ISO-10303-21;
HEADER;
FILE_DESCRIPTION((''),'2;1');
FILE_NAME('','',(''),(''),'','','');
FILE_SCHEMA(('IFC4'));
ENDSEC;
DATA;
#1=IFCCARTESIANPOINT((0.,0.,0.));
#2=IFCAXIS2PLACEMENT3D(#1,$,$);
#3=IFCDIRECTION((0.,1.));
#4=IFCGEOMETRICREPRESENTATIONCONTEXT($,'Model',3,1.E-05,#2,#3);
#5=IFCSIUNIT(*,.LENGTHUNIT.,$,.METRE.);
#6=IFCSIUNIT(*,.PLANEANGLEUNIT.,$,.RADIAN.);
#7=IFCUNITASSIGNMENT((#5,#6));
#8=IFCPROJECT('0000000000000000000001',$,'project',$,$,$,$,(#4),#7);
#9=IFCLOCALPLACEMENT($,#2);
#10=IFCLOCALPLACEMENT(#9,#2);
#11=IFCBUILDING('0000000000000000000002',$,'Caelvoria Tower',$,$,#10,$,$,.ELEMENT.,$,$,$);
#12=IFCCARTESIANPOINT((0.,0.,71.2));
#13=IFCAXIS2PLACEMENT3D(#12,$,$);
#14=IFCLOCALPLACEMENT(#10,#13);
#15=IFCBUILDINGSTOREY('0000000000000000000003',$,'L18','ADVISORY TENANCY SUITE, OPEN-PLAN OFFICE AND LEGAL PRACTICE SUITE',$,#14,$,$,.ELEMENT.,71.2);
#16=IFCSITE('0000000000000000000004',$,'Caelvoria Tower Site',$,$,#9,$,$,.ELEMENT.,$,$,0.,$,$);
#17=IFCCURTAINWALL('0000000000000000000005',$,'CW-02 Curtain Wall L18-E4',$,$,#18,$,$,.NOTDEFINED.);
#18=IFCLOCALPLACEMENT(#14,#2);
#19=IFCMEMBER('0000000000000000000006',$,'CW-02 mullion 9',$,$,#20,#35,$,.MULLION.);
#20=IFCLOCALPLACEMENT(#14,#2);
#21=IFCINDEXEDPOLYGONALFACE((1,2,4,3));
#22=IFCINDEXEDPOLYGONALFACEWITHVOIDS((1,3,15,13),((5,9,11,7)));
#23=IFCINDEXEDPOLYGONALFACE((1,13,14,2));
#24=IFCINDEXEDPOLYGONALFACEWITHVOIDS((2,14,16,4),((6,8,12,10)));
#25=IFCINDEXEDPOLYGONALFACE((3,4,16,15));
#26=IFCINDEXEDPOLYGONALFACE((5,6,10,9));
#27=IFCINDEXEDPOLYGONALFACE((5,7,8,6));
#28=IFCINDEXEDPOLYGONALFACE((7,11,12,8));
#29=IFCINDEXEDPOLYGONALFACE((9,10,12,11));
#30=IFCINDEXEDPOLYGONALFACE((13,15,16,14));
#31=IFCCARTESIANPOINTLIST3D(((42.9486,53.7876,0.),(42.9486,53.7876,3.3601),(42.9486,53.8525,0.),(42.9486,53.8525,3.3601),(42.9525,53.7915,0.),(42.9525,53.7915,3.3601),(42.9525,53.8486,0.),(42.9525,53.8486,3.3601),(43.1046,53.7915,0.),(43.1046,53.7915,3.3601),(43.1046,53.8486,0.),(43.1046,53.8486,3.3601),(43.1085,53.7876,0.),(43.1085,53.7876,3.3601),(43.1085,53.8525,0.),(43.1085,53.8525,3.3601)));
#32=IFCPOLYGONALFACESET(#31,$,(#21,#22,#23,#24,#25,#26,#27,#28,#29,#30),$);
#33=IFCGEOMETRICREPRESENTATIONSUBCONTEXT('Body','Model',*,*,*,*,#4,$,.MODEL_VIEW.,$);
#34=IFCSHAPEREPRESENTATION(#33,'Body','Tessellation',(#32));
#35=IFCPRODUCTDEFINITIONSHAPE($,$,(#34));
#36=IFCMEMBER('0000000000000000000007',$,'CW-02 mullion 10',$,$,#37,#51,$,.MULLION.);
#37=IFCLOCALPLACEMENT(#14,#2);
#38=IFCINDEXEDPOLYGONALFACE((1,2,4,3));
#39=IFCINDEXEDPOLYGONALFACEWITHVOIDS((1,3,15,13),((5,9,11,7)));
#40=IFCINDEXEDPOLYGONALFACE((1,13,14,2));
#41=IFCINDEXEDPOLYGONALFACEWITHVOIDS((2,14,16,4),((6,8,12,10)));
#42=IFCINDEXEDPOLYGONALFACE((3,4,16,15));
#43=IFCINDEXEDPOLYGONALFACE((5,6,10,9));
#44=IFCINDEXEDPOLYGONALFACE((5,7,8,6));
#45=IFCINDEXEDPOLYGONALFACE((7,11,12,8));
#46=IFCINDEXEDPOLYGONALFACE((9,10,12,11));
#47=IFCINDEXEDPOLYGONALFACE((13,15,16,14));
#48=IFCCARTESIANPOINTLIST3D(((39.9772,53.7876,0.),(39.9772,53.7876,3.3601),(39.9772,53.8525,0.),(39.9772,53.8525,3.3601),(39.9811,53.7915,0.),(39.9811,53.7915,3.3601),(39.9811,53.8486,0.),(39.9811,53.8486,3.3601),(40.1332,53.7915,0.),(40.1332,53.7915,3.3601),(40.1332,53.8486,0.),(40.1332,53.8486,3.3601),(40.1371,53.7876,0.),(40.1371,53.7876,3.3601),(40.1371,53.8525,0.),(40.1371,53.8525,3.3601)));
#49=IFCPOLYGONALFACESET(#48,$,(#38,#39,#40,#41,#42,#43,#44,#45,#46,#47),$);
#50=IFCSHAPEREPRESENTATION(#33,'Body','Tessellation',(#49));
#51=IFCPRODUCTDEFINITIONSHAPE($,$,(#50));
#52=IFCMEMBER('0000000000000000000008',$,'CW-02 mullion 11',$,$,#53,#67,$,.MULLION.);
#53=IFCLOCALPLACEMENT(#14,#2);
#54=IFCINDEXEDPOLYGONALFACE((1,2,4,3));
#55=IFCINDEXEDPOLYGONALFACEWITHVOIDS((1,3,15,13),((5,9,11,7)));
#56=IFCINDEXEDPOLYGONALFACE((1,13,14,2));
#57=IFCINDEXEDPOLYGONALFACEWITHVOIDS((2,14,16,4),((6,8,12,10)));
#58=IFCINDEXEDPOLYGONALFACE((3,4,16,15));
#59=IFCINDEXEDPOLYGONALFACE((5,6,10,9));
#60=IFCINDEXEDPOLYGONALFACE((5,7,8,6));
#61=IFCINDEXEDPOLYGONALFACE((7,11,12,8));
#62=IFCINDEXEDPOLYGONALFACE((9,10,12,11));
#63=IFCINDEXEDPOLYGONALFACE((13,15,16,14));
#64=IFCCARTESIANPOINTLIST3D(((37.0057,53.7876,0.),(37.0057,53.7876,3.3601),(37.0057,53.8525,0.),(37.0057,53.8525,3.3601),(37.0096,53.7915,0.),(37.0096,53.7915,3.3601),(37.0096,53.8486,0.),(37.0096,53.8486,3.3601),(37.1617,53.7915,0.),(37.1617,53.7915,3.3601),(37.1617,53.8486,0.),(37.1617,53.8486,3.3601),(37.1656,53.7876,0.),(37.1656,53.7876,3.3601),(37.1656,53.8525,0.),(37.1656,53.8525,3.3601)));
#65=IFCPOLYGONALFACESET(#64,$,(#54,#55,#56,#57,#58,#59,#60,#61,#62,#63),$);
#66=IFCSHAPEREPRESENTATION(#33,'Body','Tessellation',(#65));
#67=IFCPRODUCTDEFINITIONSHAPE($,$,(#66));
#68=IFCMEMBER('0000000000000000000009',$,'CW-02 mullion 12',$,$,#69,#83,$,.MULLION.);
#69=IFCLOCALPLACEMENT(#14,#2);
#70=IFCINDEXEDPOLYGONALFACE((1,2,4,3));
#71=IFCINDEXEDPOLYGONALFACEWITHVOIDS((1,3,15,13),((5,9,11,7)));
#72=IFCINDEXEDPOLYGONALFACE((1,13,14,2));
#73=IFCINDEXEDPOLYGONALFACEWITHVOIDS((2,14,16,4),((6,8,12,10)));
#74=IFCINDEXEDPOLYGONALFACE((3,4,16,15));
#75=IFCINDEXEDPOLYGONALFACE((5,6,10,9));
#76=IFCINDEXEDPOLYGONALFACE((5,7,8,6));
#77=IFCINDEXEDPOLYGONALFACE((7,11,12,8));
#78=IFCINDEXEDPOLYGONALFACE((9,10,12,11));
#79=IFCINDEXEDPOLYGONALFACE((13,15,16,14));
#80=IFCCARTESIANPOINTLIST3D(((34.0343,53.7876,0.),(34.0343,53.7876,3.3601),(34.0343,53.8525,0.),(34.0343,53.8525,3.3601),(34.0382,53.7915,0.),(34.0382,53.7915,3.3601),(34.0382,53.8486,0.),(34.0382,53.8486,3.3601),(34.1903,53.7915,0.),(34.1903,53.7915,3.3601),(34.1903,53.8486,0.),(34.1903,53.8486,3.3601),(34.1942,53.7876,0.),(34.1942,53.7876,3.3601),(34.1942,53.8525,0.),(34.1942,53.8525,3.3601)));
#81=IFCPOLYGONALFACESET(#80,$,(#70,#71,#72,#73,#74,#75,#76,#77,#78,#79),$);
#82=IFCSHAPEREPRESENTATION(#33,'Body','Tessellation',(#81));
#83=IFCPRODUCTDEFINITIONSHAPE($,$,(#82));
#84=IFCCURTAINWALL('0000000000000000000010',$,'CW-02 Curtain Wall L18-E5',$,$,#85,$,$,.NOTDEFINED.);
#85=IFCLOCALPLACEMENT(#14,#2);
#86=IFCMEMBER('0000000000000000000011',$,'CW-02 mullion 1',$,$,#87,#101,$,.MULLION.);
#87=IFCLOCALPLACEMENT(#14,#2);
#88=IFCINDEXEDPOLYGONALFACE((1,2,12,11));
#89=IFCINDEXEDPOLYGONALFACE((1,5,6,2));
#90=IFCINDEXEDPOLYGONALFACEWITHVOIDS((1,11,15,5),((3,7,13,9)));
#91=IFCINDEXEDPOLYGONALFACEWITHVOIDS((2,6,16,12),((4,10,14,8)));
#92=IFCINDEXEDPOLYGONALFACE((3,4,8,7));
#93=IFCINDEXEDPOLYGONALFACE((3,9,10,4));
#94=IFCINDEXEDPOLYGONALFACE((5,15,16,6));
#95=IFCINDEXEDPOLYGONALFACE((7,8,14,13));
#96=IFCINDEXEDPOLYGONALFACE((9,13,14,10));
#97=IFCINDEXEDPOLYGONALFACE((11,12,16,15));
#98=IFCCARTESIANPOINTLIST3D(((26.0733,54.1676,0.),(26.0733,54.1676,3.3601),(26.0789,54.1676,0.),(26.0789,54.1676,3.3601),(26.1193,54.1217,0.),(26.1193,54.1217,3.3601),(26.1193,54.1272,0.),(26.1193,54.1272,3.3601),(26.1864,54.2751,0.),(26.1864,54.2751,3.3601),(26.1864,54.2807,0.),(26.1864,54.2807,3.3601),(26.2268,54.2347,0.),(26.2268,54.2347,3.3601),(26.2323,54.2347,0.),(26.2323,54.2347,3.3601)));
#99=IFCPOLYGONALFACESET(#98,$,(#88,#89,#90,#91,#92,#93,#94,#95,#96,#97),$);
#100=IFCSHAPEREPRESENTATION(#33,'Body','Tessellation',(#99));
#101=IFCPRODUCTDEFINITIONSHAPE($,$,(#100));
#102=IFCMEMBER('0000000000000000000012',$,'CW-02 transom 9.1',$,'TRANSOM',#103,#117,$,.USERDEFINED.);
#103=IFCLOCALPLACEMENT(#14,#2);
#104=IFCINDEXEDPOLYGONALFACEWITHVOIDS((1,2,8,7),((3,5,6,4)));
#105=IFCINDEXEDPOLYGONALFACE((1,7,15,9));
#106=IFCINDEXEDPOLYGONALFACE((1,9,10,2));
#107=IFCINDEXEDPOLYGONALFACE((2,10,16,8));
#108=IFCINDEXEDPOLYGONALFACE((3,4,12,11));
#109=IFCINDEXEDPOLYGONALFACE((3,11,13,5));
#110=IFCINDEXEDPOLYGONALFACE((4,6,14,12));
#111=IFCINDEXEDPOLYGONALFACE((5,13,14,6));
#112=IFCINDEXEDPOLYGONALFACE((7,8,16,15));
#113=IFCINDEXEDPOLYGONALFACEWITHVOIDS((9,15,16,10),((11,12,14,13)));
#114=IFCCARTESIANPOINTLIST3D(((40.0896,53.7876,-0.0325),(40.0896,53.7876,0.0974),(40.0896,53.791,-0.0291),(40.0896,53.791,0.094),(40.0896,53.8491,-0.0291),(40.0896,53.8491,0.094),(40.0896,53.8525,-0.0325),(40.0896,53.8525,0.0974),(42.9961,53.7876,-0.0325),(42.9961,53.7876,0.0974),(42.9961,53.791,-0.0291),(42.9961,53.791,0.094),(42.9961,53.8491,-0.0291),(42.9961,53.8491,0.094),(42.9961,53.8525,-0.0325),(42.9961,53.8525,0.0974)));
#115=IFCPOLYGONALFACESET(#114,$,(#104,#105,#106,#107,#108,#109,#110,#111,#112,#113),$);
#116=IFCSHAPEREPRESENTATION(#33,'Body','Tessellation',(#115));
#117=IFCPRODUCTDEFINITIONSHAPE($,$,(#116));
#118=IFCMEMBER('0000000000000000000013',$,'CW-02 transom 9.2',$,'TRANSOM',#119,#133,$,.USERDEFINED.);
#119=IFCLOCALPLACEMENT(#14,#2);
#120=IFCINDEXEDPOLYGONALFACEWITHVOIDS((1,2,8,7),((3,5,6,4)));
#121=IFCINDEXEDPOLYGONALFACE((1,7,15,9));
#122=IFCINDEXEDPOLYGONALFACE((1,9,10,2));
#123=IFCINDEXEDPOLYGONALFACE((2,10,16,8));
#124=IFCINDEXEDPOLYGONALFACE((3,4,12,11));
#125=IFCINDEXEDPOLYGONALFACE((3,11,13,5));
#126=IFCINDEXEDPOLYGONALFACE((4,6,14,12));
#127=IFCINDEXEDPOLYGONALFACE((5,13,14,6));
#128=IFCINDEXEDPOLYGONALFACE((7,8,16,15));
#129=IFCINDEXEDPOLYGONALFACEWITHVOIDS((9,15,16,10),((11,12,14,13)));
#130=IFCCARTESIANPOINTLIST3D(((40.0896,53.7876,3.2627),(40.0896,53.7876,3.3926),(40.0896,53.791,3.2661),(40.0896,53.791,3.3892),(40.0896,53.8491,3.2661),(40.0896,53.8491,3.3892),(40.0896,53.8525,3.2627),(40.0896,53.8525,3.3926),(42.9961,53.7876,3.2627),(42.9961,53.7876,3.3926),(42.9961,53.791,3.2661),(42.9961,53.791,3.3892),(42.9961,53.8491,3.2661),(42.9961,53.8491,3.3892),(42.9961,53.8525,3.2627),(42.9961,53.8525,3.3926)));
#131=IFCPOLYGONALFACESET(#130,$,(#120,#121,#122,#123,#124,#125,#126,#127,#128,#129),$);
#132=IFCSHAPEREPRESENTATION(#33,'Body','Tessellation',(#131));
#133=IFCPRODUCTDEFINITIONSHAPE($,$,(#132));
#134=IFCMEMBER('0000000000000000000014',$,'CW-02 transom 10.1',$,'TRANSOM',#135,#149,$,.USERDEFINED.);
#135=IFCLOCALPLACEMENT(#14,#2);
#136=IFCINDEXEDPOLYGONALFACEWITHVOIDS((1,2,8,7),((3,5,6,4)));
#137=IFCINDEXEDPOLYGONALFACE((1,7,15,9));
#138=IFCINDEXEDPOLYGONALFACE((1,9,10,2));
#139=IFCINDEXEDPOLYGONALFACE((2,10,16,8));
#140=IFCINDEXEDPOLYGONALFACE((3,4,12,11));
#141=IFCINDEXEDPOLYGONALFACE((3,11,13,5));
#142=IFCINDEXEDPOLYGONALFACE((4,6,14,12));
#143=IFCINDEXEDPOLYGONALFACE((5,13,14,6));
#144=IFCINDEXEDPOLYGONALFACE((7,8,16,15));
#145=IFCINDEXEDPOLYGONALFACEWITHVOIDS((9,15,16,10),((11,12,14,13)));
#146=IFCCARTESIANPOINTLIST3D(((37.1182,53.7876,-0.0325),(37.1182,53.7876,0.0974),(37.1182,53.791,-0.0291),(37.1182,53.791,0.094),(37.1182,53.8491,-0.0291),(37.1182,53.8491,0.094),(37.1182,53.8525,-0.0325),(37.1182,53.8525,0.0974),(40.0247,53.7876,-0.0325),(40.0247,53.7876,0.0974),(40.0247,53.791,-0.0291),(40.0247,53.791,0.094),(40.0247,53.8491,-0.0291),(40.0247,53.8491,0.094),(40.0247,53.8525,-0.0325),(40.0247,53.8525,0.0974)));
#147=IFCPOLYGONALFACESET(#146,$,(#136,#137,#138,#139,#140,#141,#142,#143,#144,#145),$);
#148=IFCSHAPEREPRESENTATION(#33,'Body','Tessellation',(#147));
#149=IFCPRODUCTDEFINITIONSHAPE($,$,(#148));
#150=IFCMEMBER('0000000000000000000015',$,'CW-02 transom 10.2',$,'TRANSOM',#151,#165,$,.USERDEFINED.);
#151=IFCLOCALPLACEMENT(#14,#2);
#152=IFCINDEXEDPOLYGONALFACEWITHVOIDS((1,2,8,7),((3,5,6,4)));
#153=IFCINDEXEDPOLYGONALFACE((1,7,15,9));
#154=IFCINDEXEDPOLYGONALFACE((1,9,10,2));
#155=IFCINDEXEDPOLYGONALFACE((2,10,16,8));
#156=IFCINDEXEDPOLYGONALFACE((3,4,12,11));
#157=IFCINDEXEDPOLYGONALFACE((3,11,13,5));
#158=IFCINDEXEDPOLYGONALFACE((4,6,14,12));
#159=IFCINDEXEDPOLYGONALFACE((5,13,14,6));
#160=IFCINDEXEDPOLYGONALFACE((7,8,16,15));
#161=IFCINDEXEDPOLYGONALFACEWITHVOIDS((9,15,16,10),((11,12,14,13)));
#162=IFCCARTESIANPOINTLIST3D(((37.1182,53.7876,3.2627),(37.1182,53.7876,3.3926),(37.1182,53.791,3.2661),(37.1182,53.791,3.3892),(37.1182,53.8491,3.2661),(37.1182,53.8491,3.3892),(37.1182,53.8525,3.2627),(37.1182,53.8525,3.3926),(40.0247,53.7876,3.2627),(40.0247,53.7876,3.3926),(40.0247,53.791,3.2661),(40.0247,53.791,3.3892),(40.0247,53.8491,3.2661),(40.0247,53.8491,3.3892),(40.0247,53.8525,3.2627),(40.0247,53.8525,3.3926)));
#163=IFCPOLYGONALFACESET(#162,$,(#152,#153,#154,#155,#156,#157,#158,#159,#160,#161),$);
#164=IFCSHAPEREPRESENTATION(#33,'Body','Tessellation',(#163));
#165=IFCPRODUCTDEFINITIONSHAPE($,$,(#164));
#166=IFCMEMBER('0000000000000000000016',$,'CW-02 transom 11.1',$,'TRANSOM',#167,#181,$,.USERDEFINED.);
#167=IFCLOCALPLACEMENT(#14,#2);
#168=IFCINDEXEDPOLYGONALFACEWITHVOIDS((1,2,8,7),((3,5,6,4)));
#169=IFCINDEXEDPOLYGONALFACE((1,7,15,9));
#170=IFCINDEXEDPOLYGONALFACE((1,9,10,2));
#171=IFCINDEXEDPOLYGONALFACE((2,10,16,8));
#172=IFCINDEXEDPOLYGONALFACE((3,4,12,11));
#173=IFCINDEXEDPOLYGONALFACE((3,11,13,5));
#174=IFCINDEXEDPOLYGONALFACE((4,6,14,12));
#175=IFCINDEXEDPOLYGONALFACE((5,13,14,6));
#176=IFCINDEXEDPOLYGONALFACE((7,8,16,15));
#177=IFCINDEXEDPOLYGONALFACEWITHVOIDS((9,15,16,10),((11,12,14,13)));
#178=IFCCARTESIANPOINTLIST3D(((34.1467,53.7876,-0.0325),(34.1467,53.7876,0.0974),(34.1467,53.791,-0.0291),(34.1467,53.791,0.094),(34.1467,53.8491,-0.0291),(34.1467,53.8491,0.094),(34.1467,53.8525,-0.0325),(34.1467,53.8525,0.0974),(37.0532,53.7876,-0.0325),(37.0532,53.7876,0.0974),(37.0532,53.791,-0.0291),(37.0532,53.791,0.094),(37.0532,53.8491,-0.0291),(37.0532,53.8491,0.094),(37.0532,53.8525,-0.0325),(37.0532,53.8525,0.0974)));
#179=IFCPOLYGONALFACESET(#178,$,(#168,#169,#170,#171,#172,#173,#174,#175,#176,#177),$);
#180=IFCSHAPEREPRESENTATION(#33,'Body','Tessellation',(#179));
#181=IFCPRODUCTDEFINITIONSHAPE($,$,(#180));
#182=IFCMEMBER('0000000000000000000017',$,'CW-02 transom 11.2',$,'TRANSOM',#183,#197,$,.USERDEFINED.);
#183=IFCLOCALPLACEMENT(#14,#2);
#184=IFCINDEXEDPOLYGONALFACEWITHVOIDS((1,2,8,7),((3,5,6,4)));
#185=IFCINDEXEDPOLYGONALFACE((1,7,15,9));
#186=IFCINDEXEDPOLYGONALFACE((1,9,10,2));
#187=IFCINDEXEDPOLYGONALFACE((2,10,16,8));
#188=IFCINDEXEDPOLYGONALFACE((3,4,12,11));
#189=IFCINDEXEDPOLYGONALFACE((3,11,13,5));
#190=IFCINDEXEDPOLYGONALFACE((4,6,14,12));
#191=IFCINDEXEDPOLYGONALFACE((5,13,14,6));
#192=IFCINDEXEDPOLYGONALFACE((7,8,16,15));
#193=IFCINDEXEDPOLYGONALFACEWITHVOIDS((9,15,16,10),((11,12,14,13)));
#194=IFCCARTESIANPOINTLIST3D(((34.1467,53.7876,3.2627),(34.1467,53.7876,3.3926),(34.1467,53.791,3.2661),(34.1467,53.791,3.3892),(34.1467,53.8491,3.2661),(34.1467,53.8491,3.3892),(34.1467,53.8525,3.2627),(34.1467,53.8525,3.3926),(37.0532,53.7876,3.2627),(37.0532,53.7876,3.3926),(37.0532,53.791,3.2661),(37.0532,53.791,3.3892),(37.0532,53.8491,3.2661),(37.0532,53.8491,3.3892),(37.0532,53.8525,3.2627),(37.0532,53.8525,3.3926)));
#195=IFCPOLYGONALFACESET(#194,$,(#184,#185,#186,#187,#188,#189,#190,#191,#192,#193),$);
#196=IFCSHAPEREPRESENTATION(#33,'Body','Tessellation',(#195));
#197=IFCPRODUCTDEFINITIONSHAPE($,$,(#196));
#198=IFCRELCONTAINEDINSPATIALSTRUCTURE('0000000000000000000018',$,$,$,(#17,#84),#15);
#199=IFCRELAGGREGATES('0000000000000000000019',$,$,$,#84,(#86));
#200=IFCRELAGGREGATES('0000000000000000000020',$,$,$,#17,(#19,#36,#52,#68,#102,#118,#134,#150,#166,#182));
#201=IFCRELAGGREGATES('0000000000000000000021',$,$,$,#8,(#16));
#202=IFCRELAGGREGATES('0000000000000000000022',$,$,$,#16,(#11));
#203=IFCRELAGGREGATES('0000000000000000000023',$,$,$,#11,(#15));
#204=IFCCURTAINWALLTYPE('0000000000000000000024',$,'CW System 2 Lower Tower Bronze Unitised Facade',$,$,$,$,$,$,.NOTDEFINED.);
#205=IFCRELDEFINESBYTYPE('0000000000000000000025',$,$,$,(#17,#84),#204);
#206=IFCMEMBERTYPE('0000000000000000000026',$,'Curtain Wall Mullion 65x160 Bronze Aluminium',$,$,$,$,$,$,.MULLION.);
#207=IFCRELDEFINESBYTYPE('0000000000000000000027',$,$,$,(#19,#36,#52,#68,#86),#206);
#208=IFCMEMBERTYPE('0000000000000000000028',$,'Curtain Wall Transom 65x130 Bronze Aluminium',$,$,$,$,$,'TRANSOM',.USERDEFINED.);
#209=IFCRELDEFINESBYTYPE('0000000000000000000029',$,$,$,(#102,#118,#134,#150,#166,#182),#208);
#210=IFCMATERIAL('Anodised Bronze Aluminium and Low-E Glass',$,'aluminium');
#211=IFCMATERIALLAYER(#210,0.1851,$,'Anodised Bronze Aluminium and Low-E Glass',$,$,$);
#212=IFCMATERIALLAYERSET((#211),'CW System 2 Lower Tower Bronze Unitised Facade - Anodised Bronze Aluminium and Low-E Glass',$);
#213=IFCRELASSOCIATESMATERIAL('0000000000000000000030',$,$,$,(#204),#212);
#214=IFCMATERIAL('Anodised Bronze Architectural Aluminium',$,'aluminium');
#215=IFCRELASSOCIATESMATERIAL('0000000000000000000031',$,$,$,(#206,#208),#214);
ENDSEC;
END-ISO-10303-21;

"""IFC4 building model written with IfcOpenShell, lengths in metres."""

from ifc_helpers import new_model, si_unit, direction, frame, origin, origin_2d, place, context, subcontext, project, spatial, hollow_rectangle, extrude, material, layer, layer_set, material_profile, profile_set, type_object, element, aggregate, save


model = new_model("IFC4")

# Units and contexts
model_context = context("Model", 3, precision=1e-05, world=origin(), true_north=direction((0.0, 1.0)))
body_context = subcontext(model_context, "Body", "Model", "MODEL_VIEW")
ifc_project = project(units=[si_unit("LENGTHUNIT", "METRE"), si_unit("PLANEANGLEUNIT", "RADIAN")], contexts=[model_context])

# Site, building, storey
site_placement = place(None, origin())
site = spatial("IfcSite", under=ifc_project, at=site_placement, Name="Caelvoria Tower Site", CompositionType="ELEMENT", RefElevation=0.0)
building_placement = place(site_placement, origin())
building = spatial("IfcBuilding", under=site, at=building_placement, Name="Caelvoria Tower", CompositionType="ELEMENT")
storey_placement = place(building_placement, frame((0.0, 0.0, 71.2)))
storey = spatial("IfcBuildingStorey", under=building, at=storey_placement, Name="L18", Description="ADVISORY TENANCY SUITE, OPEN-PLAN OFFICE AND LEGAL PRACTICE SUITE", CompositionType="ELEMENT", Elevation=71.2)

# Curtain wall, members
ifc_material_1 = material(Name="Anodised Bronze Aluminium and Low-E Glass", Category="aluminium")
ifc_layer_1 = layer(ifc_material_1, 0.1851, Name="Anodised Bronze Aluminium and Low-E Glass")
ifc_layer_set_1 = layer_set([ifc_layer_1], Name="CW System 2 Lower Tower Bronze Unitised Facade - Anodised Bronze Aluminium and Low-E Glass")
curtain_wall_type = type_object("IfcCurtainWallType", Name="CW System 2 Lower Tower Bronze Unitised Facade", PredefinedType="NOTDEFINED", material=ifc_layer_set_1)
curtain_wall_1_placement = place(storey_placement, origin())
curtain_wall_1 = element("IfcCurtainWall", 1, at=curtain_wall_1_placement, inside=storey, type_object=curtain_wall_type, Name="CW-02 Curtain Wall L18-E4", PredefinedType="NOTDEFINED")
ifc_material_2 = material(Name="Anodised Bronze Architectural Aluminium", Category="aluminium")
ifc_material_profile_1 = material_profile(ifc_material_2, hollow_rectangle(XDim=0.0649, YDim=0.1599, WallThickness=0.0039, at=origin_2d()), Name="Anodised Bronze Architectural Aluminium")
ifc_profile_set_1 = profile_set([ifc_material_profile_1], Name="CW_MULL_65X160 - Anodised Bronze Architectural Aluminium")
member_type_1 = type_object("IfcMemberType", Name="Curtain Wall Mullion 65x160 Bronze Aluminium", PredefinedType="MULLION", material=ifc_profile_set_1)
member_1_placement = place(storey_placement, frame((43.0286, 53.8201, 0.0), z_axis=(0.0, 0.0, 1.0), x_axis=(0.0, -1.0, 0.0)))
member_1 = element("IfcMember", 2, at=member_1_placement, type_object=member_type_1, Name="CW-02 mullion 9", PredefinedType="MULLION", context=body_context, shape_type="SweptSolid", body=[
    extrude(hollow_rectangle(XDim=0.0649, YDim=0.1599, WallThickness=0.0039, at=origin_2d()), origin(), (0.0, 0.0, 1.0), 3.3601),
])
member_2_placement = place(storey_placement, frame((40.0571, 53.8201, 0.0), z_axis=(0.0, 0.0, 1.0), x_axis=(0.0, -1.0, 0.0)))
member_2 = element("IfcMember", 3, at=member_2_placement, type_object=member_type_1, Name="CW-02 mullion 10", PredefinedType="MULLION", context=body_context, shape_type="SweptSolid", body=[
    extrude(hollow_rectangle(XDim=0.0649, YDim=0.1599, WallThickness=0.0039, at=origin_2d()), origin(), (0.0, 0.0, 1.0), 3.3601),
])
member_3_placement = place(storey_placement, frame((37.0857, 53.8201, 0.0), z_axis=(0.0, 0.0, 1.0), x_axis=(0.0, -1.0, 0.0)))
member_3 = element("IfcMember", 4, at=member_3_placement, type_object=member_type_1, Name="CW-02 mullion 11", PredefinedType="MULLION", context=body_context, shape_type="SweptSolid", body=[
    extrude(hollow_rectangle(XDim=0.0649, YDim=0.1599, WallThickness=0.0039, at=origin_2d()), origin(), (0.0, 0.0, 1.0), 3.3601),
])
member_4_placement = place(storey_placement, frame((34.1143, 53.8201, 0.0), z_axis=(0.0, 0.0, 1.0), x_axis=(0.0, -1.0, 0.0)))
member_4 = element("IfcMember", 5, at=member_4_placement, type_object=member_type_1, Name="CW-02 mullion 12", PredefinedType="MULLION", context=body_context, shape_type="SweptSolid", body=[
    extrude(hollow_rectangle(XDim=0.0649, YDim=0.1599, WallThickness=0.0039, at=origin_2d()), origin(), (0.0, 0.0, 1.0), 3.3601),
])

# Curtain wall, member
curtain_wall_2_placement = place(storey_placement, origin())
curtain_wall_2 = element("IfcCurtainWall", 6, at=curtain_wall_2_placement, inside=storey, type_object=curtain_wall_type, Name="CW-02 Curtain Wall L18-E5", PredefinedType="NOTDEFINED")
member_5_placement = place(storey_placement, frame((26.1528, 54.2012, 0.0), z_axis=(0.0, 0.0, 1.0), x_axis=(0.707107, -0.707107, 0.0)))
member_5 = element("IfcMember", 7, at=member_5_placement, type_object=member_type_1, Name="CW-02 mullion 1", PredefinedType="MULLION", context=body_context, shape_type="SweptSolid", body=[
    extrude(hollow_rectangle(XDim=0.0649, YDim=0.1599, WallThickness=0.0039, at=origin_2d()), origin(), (0.0, 0.0, 1.0), 3.3601),
])

# Members
ifc_material_profile_2 = material_profile(ifc_material_2, hollow_rectangle(XDim=0.0649, YDim=0.1299, WallThickness=0.0034, at=origin_2d()), Name="Anodised Bronze Architectural Aluminium")
ifc_profile_set_2 = profile_set([ifc_material_profile_2], Name="CW_TRAN_65X130 - Anodised Bronze Architectural Aluminium")
member_type_2 = type_object("IfcMemberType", Name="Curtain Wall Transom 65x130 Bronze Aluminium", ElementType="TRANSOM", PredefinedType="USERDEFINED", material=ifc_profile_set_2)
member_6_placement = place(storey_placement, frame((42.9961, 53.8201, 0.0325), z_axis=(-1.0, 0.0, 0.0), x_axis=(0.0, -1.0, 0.0)))
member_6 = element("IfcMember", 8, at=member_6_placement, type_object=member_type_2, Name="CW-02 transom 9.1", ObjectType="TRANSOM", PredefinedType="USERDEFINED", context=body_context, shape_type="SweptSolid", body=[
    extrude(hollow_rectangle(XDim=0.0649, YDim=0.1299, WallThickness=0.0034, at=origin_2d()), origin(), (0.0, 0.0, 1.0), 2.9065),
])
member_7_placement = place(storey_placement, frame((42.9961, 53.8201, 3.3276), z_axis=(-1.0, 0.0, 0.0), x_axis=(0.0, -1.0, 0.0)))
member_7 = element("IfcMember", 9, at=member_7_placement, type_object=member_type_2, Name="CW-02 transom 9.2", ObjectType="TRANSOM", PredefinedType="USERDEFINED", context=body_context, shape_type="SweptSolid", body=[
    extrude(hollow_rectangle(XDim=0.0649, YDim=0.1299, WallThickness=0.0034, at=origin_2d()), origin(), (0.0, 0.0, 1.0), 2.9065),
])
member_8_placement = place(storey_placement, frame((40.0247, 53.8201, 0.0325), z_axis=(-1.0, 0.0, 0.0), x_axis=(0.0, -1.0, 0.0)))
member_8 = element("IfcMember", 10, at=member_8_placement, type_object=member_type_2, Name="CW-02 transom 10.1", ObjectType="TRANSOM", PredefinedType="USERDEFINED", context=body_context, shape_type="SweptSolid", body=[
    extrude(hollow_rectangle(XDim=0.0649, YDim=0.1299, WallThickness=0.0034, at=origin_2d()), origin(), (0.0, 0.0, 1.0), 2.9065),
])
member_9_placement = place(storey_placement, frame((40.0247, 53.8201, 3.3276), z_axis=(-1.0, 0.0, 0.0), x_axis=(0.0, -1.0, 0.0)))
member_9 = element("IfcMember", 11, at=member_9_placement, type_object=member_type_2, Name="CW-02 transom 10.2", ObjectType="TRANSOM", PredefinedType="USERDEFINED", context=body_context, shape_type="SweptSolid", body=[
    extrude(hollow_rectangle(XDim=0.0649, YDim=0.1299, WallThickness=0.0034, at=origin_2d()), origin(), (0.0, 0.0, 1.0), 2.9065),
])
member_10_placement = place(storey_placement, frame((37.0532, 53.8201, 0.0325), z_axis=(-1.0, 0.0, 0.0), x_axis=(0.0, -1.0, 0.0)))
member_10 = element("IfcMember", 12, at=member_10_placement, type_object=member_type_2, Name="CW-02 transom 11.1", ObjectType="TRANSOM", PredefinedType="USERDEFINED", context=body_context, shape_type="SweptSolid", body=[
    extrude(hollow_rectangle(XDim=0.0649, YDim=0.1299, WallThickness=0.0034, at=origin_2d()), origin(), (0.0, 0.0, 1.0), 2.9065),
])
member_11_placement = place(storey_placement, frame((37.0532, 53.8201, 3.3276), z_axis=(-1.0, 0.0, 0.0), x_axis=(0.0, -1.0, 0.0)))
member_11 = element("IfcMember", 13, at=member_11_placement, type_object=member_type_2, Name="CW-02 transom 11.2", ObjectType="TRANSOM", PredefinedType="USERDEFINED", context=body_context, shape_type="SweptSolid", body=[
    extrude(hollow_rectangle(XDim=0.0649, YDim=0.1299, WallThickness=0.0034, at=origin_2d()), origin(), (0.0, 0.0, 1.0), 2.9065),
])
aggregate(curtain_wall_2, [member_5])

aggregate(curtain_wall_1, [member_1, member_2, member_3, member_4, member_6, member_7, member_8, member_9, member_10, member_11])

save(model, "model.ifc")
